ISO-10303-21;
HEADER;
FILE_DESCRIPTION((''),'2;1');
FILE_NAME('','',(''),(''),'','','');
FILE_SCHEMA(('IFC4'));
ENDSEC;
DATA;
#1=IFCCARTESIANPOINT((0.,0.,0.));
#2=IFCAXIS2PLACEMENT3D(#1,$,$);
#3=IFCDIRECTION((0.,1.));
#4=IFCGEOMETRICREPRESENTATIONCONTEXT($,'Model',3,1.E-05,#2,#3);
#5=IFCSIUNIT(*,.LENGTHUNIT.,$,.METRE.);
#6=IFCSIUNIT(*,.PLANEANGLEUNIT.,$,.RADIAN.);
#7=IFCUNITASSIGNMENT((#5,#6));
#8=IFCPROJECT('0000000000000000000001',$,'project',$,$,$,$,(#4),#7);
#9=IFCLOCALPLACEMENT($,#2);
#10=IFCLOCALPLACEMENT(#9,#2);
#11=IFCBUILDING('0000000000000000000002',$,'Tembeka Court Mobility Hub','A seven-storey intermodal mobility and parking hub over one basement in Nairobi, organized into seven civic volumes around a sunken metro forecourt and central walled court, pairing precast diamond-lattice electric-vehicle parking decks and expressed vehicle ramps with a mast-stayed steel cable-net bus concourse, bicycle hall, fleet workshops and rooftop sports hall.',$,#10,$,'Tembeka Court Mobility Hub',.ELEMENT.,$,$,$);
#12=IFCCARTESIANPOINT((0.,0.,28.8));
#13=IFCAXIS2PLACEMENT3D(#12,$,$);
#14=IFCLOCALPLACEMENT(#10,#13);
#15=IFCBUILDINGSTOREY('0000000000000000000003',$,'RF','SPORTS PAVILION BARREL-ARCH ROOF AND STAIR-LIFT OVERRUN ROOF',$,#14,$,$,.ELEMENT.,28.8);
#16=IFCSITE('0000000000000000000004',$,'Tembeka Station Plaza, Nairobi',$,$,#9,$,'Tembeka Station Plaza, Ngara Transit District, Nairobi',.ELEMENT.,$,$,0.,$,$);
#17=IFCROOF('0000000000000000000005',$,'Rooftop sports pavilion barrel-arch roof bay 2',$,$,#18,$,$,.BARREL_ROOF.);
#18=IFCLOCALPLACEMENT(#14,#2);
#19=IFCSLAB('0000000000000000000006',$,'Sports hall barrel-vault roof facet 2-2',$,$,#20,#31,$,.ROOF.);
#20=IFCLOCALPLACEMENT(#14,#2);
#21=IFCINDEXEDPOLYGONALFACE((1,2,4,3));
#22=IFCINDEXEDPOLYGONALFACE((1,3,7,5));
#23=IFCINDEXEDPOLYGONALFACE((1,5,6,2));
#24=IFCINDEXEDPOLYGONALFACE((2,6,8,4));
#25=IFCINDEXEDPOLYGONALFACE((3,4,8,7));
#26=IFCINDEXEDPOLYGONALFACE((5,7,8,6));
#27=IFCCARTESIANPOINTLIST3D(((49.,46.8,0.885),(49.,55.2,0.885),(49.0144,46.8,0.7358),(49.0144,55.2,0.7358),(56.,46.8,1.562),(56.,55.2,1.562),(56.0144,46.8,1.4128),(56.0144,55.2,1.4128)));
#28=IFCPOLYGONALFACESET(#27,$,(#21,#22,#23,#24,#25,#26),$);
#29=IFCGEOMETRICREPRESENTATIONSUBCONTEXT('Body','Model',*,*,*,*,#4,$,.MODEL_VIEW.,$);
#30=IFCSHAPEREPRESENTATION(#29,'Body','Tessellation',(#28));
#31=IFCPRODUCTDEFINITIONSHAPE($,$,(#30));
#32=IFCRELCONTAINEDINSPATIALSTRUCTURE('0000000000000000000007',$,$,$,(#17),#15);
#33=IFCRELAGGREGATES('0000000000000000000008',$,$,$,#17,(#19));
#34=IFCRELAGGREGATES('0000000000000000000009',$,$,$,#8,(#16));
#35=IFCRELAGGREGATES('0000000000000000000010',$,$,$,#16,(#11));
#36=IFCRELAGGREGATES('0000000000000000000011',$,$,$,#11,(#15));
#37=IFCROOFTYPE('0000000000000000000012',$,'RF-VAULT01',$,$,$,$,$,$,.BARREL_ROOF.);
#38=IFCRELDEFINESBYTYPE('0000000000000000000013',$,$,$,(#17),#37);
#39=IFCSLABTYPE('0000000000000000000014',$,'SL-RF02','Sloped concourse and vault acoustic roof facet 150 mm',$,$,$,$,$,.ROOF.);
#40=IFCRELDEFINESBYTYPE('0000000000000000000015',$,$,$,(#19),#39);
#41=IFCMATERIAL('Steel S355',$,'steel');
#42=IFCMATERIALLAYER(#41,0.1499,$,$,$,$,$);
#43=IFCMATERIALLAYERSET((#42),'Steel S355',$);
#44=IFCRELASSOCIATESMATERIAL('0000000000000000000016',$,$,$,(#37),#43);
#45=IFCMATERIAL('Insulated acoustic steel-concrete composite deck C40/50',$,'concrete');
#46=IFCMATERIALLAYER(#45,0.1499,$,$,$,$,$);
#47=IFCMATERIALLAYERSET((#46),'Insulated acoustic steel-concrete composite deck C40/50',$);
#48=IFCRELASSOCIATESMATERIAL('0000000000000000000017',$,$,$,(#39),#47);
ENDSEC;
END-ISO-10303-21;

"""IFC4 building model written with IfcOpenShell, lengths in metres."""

from ifc_helpers import new_model, si_unit, direction, frame, origin, place, context, subcontext, project, spatial, polyline, outline, extrude, material, layer, layer_set, type_object, element, aggregate, save


model = new_model("IFC4")

# Units and contexts
model_context = context("Model", 3, precision=1e-05, world=origin(), true_north=direction((0.0, 1.0)))
body_context = subcontext(model_context, "Body", "Model", "MODEL_VIEW")
ifc_project = project(units=[si_unit("LENGTHUNIT", "METRE"), si_unit("PLANEANGLEUNIT", "RADIAN")], contexts=[model_context])

# Site, building, storey
site_placement = place(None, origin())
site = spatial("IfcSite", under=ifc_project, at=site_placement, Name="Tembeka Station Plaza, Nairobi", LongName="Tembeka Station Plaza, Ngara Transit District, Nairobi", CompositionType="ELEMENT", RefElevation=0.0)
building_placement = place(site_placement, origin())
building = spatial("IfcBuilding", under=site, at=building_placement, Name="Tembeka Court Mobility Hub", Description="A seven-storey intermodal mobility and parking hub over one basement in Nairobi, organized into seven civic volumes around a sunken metro forecourt and central walled court, pairing precast diamond-lattice electric-vehicle parking decks and expressed vehicle ramps with a mast-stayed steel cable-net bus concourse, bicycle hall, fleet workshops and rooftop sports hall.", LongName="Tembeka Court Mobility Hub", CompositionType="ELEMENT")
storey_placement = place(building_placement, frame((0.0, 0.0, 28.8)))
storey = spatial("IfcBuildingStorey", under=building, at=storey_placement, Name="RF", Description="SPORTS PAVILION BARREL-ARCH ROOF AND STAIR-LIFT OVERRUN ROOF", CompositionType="ELEMENT", Elevation=28.8)

# Shared definitions
ifc_material_1 = material(Name="Steel S355", Category="steel")

# Roof
ifc_layer_1 = layer(ifc_material_1, 0.1499)
ifc_layer_set_1 = layer_set([ifc_layer_1], Name="Steel S355")
roof_type = type_object("IfcRoofType", Name="RF-VAULT01", PredefinedType="BARREL_ROOF", material=ifc_layer_set_1)
roof_1_placement = place(storey_placement, origin())
roof_1 = element("IfcRoof", 1, at=roof_1_placement, inside=storey, type_object=roof_type, Name="Rooftop sports pavilion barrel-arch roof bay 2", PredefinedType="BARREL_ROOF")
ifc_material_2 = material(Name="Insulated acoustic steel-concrete composite deck C40/50", Category="concrete")
ifc_layer_2 = layer(ifc_material_2, 0.1499)
ifc_layer_set_2 = layer_set([ifc_layer_2], Name="Insulated acoustic steel-concrete composite deck C40/50")
slab_type = type_object("IfcSlabType", Name="SL-RF02", Description="Sloped concourse and vault acoustic roof facet 150 mm", PredefinedType="ROOF", material=ifc_layer_set_2)

# Slab
slab_1_placement = place(storey_placement, frame((49.0, 46.8, 0.885), z_axis=(-0.096265, 0.0, 0.995356), x_axis=(0.995356, 0.0, 0.096265)))
slab_1 = element("IfcSlab", 2, at=slab_1_placement, type_object=slab_type, Name="Sports hall barrel-vault roof facet 2-2", PredefinedType="ROOF", context=body_context, shape_type="SweptSolid", body=[
    extrude(outline(polyline([(0.0, 0.0), (7.0327, 0.0), (7.0327, 8.3999), (0.0, 8.3999), (0.0, 0.0)])), origin(), (0.0, 0.0, -1.0), 0.1499),
])
aggregate(roof_1, [slab_1])

save(model, "model.ifc")
